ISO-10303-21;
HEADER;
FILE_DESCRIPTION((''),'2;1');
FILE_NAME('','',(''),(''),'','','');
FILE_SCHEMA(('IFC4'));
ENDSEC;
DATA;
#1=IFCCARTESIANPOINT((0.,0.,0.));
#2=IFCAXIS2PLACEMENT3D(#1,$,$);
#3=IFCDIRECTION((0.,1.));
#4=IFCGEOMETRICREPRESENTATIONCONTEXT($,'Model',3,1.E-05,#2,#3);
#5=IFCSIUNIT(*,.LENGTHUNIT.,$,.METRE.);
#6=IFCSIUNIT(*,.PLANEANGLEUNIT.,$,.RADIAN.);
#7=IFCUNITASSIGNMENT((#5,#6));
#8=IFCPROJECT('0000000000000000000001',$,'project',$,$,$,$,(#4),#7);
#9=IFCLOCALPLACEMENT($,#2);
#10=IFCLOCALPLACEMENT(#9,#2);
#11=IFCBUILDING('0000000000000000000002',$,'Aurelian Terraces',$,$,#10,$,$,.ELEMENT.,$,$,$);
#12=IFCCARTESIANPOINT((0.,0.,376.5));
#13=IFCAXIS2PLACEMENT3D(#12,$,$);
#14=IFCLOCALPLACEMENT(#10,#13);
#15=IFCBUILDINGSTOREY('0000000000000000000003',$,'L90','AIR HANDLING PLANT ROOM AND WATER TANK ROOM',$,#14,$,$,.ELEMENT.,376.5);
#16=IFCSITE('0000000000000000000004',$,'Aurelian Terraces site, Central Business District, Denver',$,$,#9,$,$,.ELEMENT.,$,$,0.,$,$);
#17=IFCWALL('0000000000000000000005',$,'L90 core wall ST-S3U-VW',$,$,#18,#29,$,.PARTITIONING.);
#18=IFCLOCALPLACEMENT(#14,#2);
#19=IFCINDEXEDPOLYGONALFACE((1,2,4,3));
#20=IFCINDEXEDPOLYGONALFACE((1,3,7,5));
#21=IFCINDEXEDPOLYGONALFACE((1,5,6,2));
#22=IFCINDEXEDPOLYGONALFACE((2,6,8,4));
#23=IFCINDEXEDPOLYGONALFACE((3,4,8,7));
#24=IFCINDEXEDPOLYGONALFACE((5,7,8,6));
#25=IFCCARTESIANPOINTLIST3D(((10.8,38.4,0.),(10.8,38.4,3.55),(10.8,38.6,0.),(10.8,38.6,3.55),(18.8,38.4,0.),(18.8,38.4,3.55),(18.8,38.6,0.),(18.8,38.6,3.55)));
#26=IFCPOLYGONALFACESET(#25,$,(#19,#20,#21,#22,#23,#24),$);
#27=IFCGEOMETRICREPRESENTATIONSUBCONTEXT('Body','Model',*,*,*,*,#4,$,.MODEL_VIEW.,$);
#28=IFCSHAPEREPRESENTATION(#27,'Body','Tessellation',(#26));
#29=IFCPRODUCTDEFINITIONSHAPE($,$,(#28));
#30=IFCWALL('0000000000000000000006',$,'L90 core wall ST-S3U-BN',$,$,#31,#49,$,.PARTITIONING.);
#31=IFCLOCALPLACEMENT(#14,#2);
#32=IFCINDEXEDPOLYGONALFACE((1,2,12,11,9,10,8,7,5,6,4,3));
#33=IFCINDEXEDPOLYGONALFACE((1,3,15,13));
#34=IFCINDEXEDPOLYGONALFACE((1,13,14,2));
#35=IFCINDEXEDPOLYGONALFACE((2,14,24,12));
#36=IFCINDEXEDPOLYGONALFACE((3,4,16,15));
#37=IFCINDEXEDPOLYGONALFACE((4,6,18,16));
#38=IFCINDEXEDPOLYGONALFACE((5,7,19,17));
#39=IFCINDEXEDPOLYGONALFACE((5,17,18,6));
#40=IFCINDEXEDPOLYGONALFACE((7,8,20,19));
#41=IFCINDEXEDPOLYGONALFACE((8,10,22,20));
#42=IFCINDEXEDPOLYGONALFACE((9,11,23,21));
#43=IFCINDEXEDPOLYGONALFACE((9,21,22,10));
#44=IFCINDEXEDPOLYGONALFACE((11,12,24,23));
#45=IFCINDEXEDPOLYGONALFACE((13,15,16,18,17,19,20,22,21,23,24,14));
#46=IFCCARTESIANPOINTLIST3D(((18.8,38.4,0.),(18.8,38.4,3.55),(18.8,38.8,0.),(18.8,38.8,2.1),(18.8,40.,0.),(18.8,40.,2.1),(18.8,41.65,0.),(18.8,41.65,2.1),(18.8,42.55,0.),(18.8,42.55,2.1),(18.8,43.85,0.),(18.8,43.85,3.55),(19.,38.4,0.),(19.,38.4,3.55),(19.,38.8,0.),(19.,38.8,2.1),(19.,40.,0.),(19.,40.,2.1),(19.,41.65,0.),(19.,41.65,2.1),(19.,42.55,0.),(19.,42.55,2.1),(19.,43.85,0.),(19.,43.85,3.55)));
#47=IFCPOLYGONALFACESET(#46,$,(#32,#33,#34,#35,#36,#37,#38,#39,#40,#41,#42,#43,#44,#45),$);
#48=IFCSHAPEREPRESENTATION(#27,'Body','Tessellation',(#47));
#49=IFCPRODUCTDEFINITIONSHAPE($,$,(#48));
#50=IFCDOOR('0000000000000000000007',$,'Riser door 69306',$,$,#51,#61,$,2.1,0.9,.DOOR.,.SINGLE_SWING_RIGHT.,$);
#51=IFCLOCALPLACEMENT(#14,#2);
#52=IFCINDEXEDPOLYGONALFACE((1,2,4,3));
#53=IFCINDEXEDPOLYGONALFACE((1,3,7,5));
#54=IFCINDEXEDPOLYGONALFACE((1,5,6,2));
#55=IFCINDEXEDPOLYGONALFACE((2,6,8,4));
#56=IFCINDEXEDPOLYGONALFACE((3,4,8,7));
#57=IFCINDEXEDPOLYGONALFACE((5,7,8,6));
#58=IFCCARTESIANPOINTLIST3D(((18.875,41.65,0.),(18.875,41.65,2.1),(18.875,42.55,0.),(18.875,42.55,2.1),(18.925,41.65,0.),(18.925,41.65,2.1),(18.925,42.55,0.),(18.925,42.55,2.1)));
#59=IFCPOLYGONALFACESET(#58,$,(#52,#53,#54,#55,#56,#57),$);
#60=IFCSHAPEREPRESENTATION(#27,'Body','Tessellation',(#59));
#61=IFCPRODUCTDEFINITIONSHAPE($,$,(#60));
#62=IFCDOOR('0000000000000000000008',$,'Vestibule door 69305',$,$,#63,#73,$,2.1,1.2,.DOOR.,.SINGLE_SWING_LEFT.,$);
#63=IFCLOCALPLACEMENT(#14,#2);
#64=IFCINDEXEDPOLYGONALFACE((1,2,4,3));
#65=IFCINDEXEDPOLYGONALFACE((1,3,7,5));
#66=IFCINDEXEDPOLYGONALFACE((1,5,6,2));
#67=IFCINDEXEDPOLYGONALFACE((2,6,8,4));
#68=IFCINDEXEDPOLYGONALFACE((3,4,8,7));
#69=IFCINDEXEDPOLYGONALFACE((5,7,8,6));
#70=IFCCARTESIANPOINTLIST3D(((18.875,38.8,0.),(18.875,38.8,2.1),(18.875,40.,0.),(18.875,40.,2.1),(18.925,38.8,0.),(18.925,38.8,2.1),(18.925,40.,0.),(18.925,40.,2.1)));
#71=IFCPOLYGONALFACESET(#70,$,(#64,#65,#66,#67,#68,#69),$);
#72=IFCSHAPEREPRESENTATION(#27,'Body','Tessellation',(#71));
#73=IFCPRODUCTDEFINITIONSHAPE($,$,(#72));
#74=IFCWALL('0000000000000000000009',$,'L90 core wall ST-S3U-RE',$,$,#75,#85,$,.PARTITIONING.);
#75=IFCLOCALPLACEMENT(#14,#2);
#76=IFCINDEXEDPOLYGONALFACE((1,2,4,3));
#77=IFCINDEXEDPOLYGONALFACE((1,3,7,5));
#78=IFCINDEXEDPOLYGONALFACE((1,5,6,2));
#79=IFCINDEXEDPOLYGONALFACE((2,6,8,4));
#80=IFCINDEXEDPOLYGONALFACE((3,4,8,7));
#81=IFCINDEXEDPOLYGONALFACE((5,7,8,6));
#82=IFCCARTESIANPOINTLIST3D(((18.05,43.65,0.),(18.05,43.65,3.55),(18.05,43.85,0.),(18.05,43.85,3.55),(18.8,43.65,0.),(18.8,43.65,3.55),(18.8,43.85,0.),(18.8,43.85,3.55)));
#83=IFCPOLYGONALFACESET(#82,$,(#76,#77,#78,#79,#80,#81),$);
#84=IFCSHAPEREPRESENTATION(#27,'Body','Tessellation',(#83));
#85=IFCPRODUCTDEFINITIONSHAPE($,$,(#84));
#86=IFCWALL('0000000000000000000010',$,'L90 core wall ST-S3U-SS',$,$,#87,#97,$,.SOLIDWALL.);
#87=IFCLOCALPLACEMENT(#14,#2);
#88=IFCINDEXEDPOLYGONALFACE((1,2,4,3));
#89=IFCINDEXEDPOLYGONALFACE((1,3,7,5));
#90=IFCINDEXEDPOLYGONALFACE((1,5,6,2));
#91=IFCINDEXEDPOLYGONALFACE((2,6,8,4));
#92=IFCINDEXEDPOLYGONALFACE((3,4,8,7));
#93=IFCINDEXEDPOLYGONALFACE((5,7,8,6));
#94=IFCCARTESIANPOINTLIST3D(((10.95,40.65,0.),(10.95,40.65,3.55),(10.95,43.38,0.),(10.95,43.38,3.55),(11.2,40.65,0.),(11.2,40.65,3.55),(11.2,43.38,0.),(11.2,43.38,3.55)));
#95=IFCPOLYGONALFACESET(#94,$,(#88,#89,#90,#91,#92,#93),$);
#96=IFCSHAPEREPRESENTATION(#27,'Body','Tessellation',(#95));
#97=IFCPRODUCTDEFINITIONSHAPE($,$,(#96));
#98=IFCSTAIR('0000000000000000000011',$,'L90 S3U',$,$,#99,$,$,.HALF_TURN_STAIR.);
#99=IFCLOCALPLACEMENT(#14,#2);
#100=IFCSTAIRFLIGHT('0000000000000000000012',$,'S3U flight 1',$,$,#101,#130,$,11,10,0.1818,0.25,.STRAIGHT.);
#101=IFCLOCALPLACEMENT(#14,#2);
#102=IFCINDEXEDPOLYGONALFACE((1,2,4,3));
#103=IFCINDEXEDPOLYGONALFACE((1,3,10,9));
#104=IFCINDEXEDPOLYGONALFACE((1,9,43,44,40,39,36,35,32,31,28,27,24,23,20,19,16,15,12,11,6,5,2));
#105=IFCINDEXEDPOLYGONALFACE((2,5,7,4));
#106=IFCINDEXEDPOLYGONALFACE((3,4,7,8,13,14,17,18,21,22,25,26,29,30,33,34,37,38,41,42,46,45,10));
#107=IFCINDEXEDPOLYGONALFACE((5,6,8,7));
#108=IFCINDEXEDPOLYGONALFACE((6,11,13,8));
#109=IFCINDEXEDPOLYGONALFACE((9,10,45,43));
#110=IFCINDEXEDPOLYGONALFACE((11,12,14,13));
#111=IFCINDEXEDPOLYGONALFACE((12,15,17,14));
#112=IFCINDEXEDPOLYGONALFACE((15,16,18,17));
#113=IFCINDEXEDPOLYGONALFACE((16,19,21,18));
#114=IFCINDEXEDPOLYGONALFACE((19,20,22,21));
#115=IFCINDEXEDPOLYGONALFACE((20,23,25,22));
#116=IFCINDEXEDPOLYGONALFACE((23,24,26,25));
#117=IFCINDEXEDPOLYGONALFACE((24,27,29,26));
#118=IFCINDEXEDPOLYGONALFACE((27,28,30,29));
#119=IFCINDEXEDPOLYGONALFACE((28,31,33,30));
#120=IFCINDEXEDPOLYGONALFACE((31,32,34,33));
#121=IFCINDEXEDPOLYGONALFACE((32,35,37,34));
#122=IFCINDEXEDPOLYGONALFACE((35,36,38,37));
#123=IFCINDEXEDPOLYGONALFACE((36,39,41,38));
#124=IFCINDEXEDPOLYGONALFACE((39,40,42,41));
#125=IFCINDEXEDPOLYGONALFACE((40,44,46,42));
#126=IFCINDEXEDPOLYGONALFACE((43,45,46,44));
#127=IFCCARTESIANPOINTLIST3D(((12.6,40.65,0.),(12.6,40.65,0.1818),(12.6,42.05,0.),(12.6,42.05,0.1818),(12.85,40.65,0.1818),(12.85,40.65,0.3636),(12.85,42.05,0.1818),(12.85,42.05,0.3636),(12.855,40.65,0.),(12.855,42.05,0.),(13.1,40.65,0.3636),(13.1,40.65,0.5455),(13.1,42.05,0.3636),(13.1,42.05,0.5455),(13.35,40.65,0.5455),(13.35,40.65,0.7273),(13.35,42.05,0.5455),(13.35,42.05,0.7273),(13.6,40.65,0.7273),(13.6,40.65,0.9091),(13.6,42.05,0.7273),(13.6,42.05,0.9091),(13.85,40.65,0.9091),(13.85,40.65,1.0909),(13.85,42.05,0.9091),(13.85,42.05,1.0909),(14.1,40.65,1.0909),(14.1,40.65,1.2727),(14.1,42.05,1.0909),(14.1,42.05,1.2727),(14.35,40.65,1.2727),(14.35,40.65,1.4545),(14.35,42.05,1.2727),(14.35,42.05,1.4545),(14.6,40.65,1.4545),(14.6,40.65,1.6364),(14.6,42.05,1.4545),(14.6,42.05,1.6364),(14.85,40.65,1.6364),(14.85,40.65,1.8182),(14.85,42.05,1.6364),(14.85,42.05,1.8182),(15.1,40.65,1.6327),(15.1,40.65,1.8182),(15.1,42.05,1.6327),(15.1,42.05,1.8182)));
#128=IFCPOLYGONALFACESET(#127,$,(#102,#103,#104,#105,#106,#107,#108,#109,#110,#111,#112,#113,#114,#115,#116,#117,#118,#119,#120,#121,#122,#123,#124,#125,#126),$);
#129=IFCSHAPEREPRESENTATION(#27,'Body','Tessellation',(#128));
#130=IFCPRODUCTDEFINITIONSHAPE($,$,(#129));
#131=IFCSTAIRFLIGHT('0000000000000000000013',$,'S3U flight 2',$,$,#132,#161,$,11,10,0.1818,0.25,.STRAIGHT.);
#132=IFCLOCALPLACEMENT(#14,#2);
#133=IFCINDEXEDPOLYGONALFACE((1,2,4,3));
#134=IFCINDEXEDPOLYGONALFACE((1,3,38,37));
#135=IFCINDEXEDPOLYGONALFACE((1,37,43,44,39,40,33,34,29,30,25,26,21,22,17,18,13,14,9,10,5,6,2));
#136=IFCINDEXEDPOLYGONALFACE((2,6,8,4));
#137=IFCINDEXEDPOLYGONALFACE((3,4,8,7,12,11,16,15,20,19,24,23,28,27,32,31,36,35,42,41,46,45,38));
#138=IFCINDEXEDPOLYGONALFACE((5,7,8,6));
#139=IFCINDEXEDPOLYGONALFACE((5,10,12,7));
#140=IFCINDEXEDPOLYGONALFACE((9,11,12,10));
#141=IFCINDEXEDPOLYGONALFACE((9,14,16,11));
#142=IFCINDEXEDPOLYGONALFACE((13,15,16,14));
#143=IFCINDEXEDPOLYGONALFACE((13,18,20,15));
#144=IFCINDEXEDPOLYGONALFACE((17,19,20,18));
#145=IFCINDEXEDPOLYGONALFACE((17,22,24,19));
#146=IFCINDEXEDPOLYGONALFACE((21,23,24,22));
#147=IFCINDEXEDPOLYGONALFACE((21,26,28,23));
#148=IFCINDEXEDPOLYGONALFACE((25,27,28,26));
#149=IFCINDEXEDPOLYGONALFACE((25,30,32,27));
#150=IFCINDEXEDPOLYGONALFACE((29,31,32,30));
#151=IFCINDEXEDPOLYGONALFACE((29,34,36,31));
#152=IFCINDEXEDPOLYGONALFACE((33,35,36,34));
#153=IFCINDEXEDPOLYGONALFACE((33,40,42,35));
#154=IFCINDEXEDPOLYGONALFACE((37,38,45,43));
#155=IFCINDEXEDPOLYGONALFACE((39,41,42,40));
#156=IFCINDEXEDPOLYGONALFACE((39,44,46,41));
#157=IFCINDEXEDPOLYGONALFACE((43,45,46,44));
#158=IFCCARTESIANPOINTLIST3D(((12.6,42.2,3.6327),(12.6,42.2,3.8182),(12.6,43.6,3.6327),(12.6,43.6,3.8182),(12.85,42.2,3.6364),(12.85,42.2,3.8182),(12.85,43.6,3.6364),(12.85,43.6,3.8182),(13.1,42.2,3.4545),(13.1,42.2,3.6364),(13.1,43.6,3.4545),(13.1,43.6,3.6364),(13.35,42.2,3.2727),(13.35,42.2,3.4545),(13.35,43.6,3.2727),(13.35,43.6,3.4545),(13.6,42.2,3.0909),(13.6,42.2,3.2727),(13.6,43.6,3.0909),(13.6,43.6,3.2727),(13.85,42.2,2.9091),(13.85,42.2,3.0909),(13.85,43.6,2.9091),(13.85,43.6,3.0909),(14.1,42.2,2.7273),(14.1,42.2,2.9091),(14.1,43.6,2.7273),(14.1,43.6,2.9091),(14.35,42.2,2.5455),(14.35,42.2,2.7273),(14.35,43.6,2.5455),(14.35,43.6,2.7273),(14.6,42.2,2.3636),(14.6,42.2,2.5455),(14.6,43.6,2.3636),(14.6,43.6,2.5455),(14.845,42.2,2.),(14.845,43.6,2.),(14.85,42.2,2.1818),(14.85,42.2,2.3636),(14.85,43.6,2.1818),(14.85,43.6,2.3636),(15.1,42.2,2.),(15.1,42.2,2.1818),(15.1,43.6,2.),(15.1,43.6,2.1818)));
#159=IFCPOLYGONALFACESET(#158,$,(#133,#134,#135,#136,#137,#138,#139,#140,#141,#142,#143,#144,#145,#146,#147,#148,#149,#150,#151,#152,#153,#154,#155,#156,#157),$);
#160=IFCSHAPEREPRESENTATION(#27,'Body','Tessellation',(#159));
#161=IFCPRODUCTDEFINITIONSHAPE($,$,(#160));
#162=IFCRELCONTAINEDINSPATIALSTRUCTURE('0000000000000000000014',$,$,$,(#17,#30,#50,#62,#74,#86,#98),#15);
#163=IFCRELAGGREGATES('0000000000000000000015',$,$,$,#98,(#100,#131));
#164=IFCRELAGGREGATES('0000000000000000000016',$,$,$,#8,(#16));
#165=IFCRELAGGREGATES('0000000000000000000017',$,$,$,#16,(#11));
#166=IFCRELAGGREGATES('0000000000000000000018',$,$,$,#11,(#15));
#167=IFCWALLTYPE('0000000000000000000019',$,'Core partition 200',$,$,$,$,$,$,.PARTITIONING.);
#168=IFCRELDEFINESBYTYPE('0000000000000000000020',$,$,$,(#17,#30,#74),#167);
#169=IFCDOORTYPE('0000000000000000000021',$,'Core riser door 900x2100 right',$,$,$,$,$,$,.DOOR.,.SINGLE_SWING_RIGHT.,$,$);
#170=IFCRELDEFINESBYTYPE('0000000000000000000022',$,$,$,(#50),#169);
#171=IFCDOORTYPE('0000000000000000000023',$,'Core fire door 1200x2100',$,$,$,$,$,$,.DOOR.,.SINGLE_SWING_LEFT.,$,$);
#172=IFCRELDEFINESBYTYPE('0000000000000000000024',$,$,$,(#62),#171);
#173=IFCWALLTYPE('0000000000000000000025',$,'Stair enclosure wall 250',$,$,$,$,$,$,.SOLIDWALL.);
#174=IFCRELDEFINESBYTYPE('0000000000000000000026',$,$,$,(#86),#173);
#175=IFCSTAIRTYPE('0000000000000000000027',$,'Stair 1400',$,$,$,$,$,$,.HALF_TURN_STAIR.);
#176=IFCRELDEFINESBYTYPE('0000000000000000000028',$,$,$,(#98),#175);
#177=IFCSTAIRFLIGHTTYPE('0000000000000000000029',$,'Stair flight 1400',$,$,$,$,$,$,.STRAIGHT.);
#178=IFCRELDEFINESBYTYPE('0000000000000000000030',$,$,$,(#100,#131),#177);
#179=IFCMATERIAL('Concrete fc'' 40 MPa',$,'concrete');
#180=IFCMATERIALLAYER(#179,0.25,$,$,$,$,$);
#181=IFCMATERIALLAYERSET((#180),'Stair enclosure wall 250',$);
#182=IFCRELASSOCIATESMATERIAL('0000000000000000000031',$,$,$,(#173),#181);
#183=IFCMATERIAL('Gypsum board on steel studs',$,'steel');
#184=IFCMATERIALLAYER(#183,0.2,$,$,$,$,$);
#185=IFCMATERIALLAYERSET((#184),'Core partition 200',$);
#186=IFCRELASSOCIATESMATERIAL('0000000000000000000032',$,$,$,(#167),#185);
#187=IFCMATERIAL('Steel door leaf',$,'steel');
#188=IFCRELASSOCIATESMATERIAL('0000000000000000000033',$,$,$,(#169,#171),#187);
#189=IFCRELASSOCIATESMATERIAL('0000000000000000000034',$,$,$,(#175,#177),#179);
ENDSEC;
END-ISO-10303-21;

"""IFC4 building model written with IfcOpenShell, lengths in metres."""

from ifc_helpers import new_model, si_unit, direction, frame, frame_2d, origin, place, context, subcontext, project, spatial, polyline, rectangle, outline, extrude, source, transform, mapped, material, layer, layer_set, type_object, element, fill, aggregate, save


model = new_model("IFC4")

# Units and contexts
model_context = context("Model", 3, precision=1e-05, world=origin(), true_north=direction((0.0, 1.0)))
body_context = subcontext(model_context, "Body", "Model", "MODEL_VIEW")
ifc_project = project(units=[si_unit("LENGTHUNIT", "METRE"), si_unit("PLANEANGLEUNIT", "RADIAN")], contexts=[model_context])

# Site, building, storey
site_placement = place(None, origin())
site = spatial("IfcSite", under=ifc_project, at=site_placement, Name="Aurelian Terraces site, Central Business District, Denver", CompositionType="ELEMENT", RefElevation=0.0)
building_placement = place(site_placement, origin())
building = spatial("IfcBuilding", under=site, at=building_placement, Name="Aurelian Terraces", CompositionType="ELEMENT")
storey_placement = place(building_placement, frame((0.0, 0.0, 376.5)))
storey = spatial("IfcBuildingStorey", under=building, at=storey_placement, Name="L90", Description="AIR HANDLING PLANT ROOM AND WATER TANK ROOM", CompositionType="ELEMENT", Elevation=376.5)

# Shared definitions
ifc_material_1 = material(Name="Concrete fc' 40 MPa", Category="concrete")

# Shared definitions
ifc_layer_1 = layer(ifc_material_1, 0.25)
ifc_layer_set_1 = layer_set([ifc_layer_1], Name="Stair enclosure wall 250")
wall_type_1 = type_object("IfcWallType", Name="Stair enclosure wall 250", PredefinedType="SOLIDWALL", material=ifc_layer_set_1)
ifc_material_2 = material(Name="Steel door leaf", Category="steel")

# Wall
ifc_material_3 = material(Name="Gypsum board on steel studs", Category="steel")
ifc_layer_2 = layer(ifc_material_3, 0.2)
ifc_layer_set_2 = layer_set([ifc_layer_2], Name="Core partition 200")
wall_type_2 = type_object("IfcWallType", Name="Core partition 200", PredefinedType="PARTITIONING", material=ifc_layer_set_2)
shared_shape_1 = source(origin(), body_context, "Body", "SweptSolid", [
    extrude(rectangle(XDim=8.0, YDim=0.2, at=frame_2d((4.0, 0.0))), origin(), (0.0, 0.0, 1.0), 3.55),
])
wall_1_placement = place(storey_placement, frame((10.8, 38.5, 0.0), z_axis=(0.0, 0.0, 1.0), x_axis=(1.0, 0.0, 0.0)))
element("IfcWall", 1, at=wall_1_placement, inside=storey, type_object=wall_type_2, Name="L90 core wall ST-S3U-VW", PredefinedType="PARTITIONING", context=body_context, shape_type="MappedRepresentation", body=[
    mapped(shared_shape_1, transform((0.0, 0.0, 0.0), scale=1.0)),
])

# Wall, openings, doors
shared_shape_2 = source(origin(), body_context, "Body", "SweptSolid", [
    extrude(rectangle(XDim=5.45, YDim=0.2, at=frame_2d((2.725, 0.0))), origin(), (0.0, 0.0, 1.0), 3.55),
])
wall_2_placement = place(storey_placement, frame((18.9, 38.4, 0.0), z_axis=(0.0, 0.0, 1.0), x_axis=(0.0, 1.0, 0.0)))
wall_2 = element("IfcWall", 2, at=wall_2_placement, inside=storey, type_object=wall_type_2, Name="L90 core wall ST-S3U-BN", PredefinedType="PARTITIONING", context=body_context, shape_type="MappedRepresentation", body=[
    mapped(shared_shape_2, transform((0.0, 0.0, 0.0), scale=1.0)),
])
shared_shape_3 = source(origin(), body_context, "Body", "SweptSolid", [
    extrude(rectangle(XDim=1.2, YDim=2.1, at=frame_2d((0.6, 1.05))), frame((0.0, 0.11, 0.0), z_axis=(0.0, -1.0, 0.0), x_axis=(1.0, 0.0, 0.0)), (0.0, 0.0, 1.0), 0.22),
])
opening_1_placement = place(wall_2_placement, frame((0.4, 0.0, 0.0)))
opening_1 = element("IfcOpeningElement", 3, at=opening_1_placement, cuts=wall_2, PredefinedType="OPENING", context=body_context, shape_type="MappedRepresentation", body=[
    mapped(shared_shape_3, transform((0.0, 0.0, 0.0), scale=1.0)),
])
shared_shape_4 = source(origin(), body_context, "Body", "SweptSolid", [
    extrude(rectangle(XDim=0.9, YDim=2.1, at=frame_2d((0.45, 1.05))), frame((0.0, 0.11, 0.0), z_axis=(0.0, -1.0, 0.0), x_axis=(1.0, 0.0, 0.0)), (0.0, 0.0, 1.0), 0.22),
])
opening_2_placement = place(wall_2_placement, frame((3.25, 0.0, 0.0)))
opening_2 = element("IfcOpeningElement", 4, at=opening_2_placement, cuts=wall_2, PredefinedType="OPENING", context=body_context, shape_type="MappedRepresentation", body=[
    mapped(shared_shape_4, transform((0.0, 0.0, 0.0), scale=1.0)),
])
door_type_1 = type_object("IfcDoorType", Name="Core riser door 900x2100 right", OperationType="SINGLE_SWING_RIGHT", PredefinedType="DOOR", material=ifc_material_2)
shared_shape_5 = source(origin(), body_context, "Body", "SweptSolid", [
    extrude(rectangle(XDim=0.9, YDim=2.1, at=frame_2d((0.45, 1.05))), frame((0.0, 0.025, 0.0), z_axis=(0.0, -1.0, 0.0), x_axis=(1.0, 0.0, 0.0)), (0.0, 0.0, 1.0), 0.05),
])
door_1_placement = place(opening_2_placement, origin())
door_1 = element("IfcDoor", 5, at=door_1_placement, inside=storey, type_object=door_type_1, Name="Riser door 69306", OperationType="SINGLE_SWING_RIGHT", OverallHeight=2.1, OverallWidth=0.9, PredefinedType="DOOR", context=body_context, shape_type="MappedRepresentation", body=[
    mapped(shared_shape_5, transform((0.0, 0.0, 0.0), scale=1.0)),
])
fill(opening_2, door_1)
door_type_2 = type_object("IfcDoorType", Name="Core fire door 1200x2100", OperationType="SINGLE_SWING_LEFT", PredefinedType="DOOR", material=ifc_material_2)
shared_shape_6 = source(origin(), body_context, "Body", "SweptSolid", [
    extrude(rectangle(XDim=1.2, YDim=2.1, at=frame_2d((0.6, 1.05))), frame((0.0, 0.025, 0.0), z_axis=(0.0, -1.0, 0.0), x_axis=(1.0, 0.0, 0.0)), (0.0, 0.0, 1.0), 0.05),
])
door_2_placement = place(opening_1_placement, origin())
door_2 = element("IfcDoor", 6, at=door_2_placement, inside=storey, type_object=door_type_2, Name="Vestibule door 69305", OperationType="SINGLE_SWING_LEFT", OverallHeight=2.1, OverallWidth=1.2, PredefinedType="DOOR", context=body_context, shape_type="MappedRepresentation", body=[
    mapped(shared_shape_6, transform((0.0, 0.0, 0.0), scale=1.0)),
])
fill(opening_1, door_2)

# Walls
shared_shape_7 = source(origin(), body_context, "Body", "SweptSolid", [
    extrude(rectangle(XDim=0.75, YDim=0.2, at=frame_2d((0.375, 0.0))), origin(), (0.0, 0.0, 1.0), 3.55),
])
wall_3_placement = place(storey_placement, frame((18.05, 43.75, 0.0), z_axis=(0.0, 0.0, 1.0), x_axis=(1.0, 0.0, 0.0)))
element("IfcWall", 7, at=wall_3_placement, inside=storey, type_object=wall_type_2, Name="L90 core wall ST-S3U-RE", PredefinedType="PARTITIONING", context=body_context, shape_type="MappedRepresentation", body=[
    mapped(shared_shape_7, transform((0.0, 0.0, 0.0), scale=1.0)),
])
shared_shape_8 = source(origin(), body_context, "Body", "SweptSolid", [
    extrude(rectangle(XDim=2.73, YDim=0.25, at=frame_2d((1.365, 0.0))), origin(), (0.0, 0.0, 1.0), 3.55),
])
wall_4_placement = place(storey_placement, frame((11.075, 40.65, 0.0), z_axis=(0.0, 0.0, 1.0), x_axis=(0.0, 1.0, 0.0)))
element("IfcWall", 8, at=wall_4_placement, inside=storey, type_object=wall_type_1, Name="L90 core wall ST-S3U-SS", PredefinedType="SOLIDWALL", context=body_context, shape_type="MappedRepresentation", body=[
    mapped(shared_shape_8, transform((0.0, 0.0, 0.0), scale=1.0)),
])

# Stair, stair flights
stair_type = type_object("IfcStairType", Name="Stair 1400", PredefinedType="HALF_TURN_STAIR", material=ifc_material_1)
stair_placement = place(storey_placement, origin())
stair = element("IfcStair", 9, at=stair_placement, inside=storey, type_object=stair_type, Name="L90 S3U", PredefinedType="HALF_TURN_STAIR")
stair_flight_type = type_object("IfcStairFlightType", Name="Stair flight 1400", PredefinedType="STRAIGHT", material=ifc_material_1)
shared_shape_9 = source(origin(), body_context, "Body", "SweptSolid", [
    extrude(outline(polyline([(0.0, 0.0), (0.0, 0.1818), (0.25, 0.1818), (0.25, 0.3636), (0.5, 0.3636), (0.5, 0.5455), (0.75, 0.5455), (0.75, 0.7273), (1.0, 0.7273), (1.0, 0.9091), (1.25, 0.9091), (1.25, 1.0909), (1.5, 1.0909), (1.5, 1.2727), (1.75, 1.2727), (1.75, 1.4545), (2.0, 1.4545), (2.0, 1.6364), (2.25, 1.6364), (2.25, 1.8182), (2.5, 1.8182), (2.5, 2.0), (2.5, 1.6327), (0.255, 0.0), (0.0, 0.0)])), frame((0.0, 0.7, 0.0), z_axis=(0.0, -1.0, 0.0), x_axis=(1.0, 0.0, 0.0)), (0.0, 0.0, 1.0), 1.4),
])
stair_flight_1_placement = place(storey_placement, frame((12.6, 41.35, 0.0), z_axis=(0.0, 0.0, 1.0), x_axis=(1.0, 0.0, 0.0)))
stair_flight_1 = element("IfcStairFlight", 10, at=stair_flight_1_placement, type_object=stair_flight_type, Name="S3U flight 1", NumberOfRisers=11, NumberOfTreads=10, PredefinedType="STRAIGHT", RiserHeight=0.1818, TreadLength=0.25, context=body_context, shape_type="MappedRepresentation", body=[
    mapped(shared_shape_9, transform((0.0, 0.0, 0.0), scale=1.0)),
])
stair_flight_2_placement = place(storey_placement, frame((15.1, 42.9, 2.0), z_axis=(0.0, 0.0, 1.0), x_axis=(-1.0, 0.0, 0.0)))
stair_flight_2 = element("IfcStairFlight", 11, at=stair_flight_2_placement, type_object=stair_flight_type, Name="S3U flight 2", NumberOfRisers=11, NumberOfTreads=10, PredefinedType="STRAIGHT", RiserHeight=0.1818, TreadLength=0.25, context=body_context, shape_type="MappedRepresentation", body=[
    mapped(shared_shape_9, transform((0.0, 0.0, 0.0), scale=1.0)),
])
aggregate(stair, [stair_flight_1, stair_flight_2])

save(model, "model.ifc")
